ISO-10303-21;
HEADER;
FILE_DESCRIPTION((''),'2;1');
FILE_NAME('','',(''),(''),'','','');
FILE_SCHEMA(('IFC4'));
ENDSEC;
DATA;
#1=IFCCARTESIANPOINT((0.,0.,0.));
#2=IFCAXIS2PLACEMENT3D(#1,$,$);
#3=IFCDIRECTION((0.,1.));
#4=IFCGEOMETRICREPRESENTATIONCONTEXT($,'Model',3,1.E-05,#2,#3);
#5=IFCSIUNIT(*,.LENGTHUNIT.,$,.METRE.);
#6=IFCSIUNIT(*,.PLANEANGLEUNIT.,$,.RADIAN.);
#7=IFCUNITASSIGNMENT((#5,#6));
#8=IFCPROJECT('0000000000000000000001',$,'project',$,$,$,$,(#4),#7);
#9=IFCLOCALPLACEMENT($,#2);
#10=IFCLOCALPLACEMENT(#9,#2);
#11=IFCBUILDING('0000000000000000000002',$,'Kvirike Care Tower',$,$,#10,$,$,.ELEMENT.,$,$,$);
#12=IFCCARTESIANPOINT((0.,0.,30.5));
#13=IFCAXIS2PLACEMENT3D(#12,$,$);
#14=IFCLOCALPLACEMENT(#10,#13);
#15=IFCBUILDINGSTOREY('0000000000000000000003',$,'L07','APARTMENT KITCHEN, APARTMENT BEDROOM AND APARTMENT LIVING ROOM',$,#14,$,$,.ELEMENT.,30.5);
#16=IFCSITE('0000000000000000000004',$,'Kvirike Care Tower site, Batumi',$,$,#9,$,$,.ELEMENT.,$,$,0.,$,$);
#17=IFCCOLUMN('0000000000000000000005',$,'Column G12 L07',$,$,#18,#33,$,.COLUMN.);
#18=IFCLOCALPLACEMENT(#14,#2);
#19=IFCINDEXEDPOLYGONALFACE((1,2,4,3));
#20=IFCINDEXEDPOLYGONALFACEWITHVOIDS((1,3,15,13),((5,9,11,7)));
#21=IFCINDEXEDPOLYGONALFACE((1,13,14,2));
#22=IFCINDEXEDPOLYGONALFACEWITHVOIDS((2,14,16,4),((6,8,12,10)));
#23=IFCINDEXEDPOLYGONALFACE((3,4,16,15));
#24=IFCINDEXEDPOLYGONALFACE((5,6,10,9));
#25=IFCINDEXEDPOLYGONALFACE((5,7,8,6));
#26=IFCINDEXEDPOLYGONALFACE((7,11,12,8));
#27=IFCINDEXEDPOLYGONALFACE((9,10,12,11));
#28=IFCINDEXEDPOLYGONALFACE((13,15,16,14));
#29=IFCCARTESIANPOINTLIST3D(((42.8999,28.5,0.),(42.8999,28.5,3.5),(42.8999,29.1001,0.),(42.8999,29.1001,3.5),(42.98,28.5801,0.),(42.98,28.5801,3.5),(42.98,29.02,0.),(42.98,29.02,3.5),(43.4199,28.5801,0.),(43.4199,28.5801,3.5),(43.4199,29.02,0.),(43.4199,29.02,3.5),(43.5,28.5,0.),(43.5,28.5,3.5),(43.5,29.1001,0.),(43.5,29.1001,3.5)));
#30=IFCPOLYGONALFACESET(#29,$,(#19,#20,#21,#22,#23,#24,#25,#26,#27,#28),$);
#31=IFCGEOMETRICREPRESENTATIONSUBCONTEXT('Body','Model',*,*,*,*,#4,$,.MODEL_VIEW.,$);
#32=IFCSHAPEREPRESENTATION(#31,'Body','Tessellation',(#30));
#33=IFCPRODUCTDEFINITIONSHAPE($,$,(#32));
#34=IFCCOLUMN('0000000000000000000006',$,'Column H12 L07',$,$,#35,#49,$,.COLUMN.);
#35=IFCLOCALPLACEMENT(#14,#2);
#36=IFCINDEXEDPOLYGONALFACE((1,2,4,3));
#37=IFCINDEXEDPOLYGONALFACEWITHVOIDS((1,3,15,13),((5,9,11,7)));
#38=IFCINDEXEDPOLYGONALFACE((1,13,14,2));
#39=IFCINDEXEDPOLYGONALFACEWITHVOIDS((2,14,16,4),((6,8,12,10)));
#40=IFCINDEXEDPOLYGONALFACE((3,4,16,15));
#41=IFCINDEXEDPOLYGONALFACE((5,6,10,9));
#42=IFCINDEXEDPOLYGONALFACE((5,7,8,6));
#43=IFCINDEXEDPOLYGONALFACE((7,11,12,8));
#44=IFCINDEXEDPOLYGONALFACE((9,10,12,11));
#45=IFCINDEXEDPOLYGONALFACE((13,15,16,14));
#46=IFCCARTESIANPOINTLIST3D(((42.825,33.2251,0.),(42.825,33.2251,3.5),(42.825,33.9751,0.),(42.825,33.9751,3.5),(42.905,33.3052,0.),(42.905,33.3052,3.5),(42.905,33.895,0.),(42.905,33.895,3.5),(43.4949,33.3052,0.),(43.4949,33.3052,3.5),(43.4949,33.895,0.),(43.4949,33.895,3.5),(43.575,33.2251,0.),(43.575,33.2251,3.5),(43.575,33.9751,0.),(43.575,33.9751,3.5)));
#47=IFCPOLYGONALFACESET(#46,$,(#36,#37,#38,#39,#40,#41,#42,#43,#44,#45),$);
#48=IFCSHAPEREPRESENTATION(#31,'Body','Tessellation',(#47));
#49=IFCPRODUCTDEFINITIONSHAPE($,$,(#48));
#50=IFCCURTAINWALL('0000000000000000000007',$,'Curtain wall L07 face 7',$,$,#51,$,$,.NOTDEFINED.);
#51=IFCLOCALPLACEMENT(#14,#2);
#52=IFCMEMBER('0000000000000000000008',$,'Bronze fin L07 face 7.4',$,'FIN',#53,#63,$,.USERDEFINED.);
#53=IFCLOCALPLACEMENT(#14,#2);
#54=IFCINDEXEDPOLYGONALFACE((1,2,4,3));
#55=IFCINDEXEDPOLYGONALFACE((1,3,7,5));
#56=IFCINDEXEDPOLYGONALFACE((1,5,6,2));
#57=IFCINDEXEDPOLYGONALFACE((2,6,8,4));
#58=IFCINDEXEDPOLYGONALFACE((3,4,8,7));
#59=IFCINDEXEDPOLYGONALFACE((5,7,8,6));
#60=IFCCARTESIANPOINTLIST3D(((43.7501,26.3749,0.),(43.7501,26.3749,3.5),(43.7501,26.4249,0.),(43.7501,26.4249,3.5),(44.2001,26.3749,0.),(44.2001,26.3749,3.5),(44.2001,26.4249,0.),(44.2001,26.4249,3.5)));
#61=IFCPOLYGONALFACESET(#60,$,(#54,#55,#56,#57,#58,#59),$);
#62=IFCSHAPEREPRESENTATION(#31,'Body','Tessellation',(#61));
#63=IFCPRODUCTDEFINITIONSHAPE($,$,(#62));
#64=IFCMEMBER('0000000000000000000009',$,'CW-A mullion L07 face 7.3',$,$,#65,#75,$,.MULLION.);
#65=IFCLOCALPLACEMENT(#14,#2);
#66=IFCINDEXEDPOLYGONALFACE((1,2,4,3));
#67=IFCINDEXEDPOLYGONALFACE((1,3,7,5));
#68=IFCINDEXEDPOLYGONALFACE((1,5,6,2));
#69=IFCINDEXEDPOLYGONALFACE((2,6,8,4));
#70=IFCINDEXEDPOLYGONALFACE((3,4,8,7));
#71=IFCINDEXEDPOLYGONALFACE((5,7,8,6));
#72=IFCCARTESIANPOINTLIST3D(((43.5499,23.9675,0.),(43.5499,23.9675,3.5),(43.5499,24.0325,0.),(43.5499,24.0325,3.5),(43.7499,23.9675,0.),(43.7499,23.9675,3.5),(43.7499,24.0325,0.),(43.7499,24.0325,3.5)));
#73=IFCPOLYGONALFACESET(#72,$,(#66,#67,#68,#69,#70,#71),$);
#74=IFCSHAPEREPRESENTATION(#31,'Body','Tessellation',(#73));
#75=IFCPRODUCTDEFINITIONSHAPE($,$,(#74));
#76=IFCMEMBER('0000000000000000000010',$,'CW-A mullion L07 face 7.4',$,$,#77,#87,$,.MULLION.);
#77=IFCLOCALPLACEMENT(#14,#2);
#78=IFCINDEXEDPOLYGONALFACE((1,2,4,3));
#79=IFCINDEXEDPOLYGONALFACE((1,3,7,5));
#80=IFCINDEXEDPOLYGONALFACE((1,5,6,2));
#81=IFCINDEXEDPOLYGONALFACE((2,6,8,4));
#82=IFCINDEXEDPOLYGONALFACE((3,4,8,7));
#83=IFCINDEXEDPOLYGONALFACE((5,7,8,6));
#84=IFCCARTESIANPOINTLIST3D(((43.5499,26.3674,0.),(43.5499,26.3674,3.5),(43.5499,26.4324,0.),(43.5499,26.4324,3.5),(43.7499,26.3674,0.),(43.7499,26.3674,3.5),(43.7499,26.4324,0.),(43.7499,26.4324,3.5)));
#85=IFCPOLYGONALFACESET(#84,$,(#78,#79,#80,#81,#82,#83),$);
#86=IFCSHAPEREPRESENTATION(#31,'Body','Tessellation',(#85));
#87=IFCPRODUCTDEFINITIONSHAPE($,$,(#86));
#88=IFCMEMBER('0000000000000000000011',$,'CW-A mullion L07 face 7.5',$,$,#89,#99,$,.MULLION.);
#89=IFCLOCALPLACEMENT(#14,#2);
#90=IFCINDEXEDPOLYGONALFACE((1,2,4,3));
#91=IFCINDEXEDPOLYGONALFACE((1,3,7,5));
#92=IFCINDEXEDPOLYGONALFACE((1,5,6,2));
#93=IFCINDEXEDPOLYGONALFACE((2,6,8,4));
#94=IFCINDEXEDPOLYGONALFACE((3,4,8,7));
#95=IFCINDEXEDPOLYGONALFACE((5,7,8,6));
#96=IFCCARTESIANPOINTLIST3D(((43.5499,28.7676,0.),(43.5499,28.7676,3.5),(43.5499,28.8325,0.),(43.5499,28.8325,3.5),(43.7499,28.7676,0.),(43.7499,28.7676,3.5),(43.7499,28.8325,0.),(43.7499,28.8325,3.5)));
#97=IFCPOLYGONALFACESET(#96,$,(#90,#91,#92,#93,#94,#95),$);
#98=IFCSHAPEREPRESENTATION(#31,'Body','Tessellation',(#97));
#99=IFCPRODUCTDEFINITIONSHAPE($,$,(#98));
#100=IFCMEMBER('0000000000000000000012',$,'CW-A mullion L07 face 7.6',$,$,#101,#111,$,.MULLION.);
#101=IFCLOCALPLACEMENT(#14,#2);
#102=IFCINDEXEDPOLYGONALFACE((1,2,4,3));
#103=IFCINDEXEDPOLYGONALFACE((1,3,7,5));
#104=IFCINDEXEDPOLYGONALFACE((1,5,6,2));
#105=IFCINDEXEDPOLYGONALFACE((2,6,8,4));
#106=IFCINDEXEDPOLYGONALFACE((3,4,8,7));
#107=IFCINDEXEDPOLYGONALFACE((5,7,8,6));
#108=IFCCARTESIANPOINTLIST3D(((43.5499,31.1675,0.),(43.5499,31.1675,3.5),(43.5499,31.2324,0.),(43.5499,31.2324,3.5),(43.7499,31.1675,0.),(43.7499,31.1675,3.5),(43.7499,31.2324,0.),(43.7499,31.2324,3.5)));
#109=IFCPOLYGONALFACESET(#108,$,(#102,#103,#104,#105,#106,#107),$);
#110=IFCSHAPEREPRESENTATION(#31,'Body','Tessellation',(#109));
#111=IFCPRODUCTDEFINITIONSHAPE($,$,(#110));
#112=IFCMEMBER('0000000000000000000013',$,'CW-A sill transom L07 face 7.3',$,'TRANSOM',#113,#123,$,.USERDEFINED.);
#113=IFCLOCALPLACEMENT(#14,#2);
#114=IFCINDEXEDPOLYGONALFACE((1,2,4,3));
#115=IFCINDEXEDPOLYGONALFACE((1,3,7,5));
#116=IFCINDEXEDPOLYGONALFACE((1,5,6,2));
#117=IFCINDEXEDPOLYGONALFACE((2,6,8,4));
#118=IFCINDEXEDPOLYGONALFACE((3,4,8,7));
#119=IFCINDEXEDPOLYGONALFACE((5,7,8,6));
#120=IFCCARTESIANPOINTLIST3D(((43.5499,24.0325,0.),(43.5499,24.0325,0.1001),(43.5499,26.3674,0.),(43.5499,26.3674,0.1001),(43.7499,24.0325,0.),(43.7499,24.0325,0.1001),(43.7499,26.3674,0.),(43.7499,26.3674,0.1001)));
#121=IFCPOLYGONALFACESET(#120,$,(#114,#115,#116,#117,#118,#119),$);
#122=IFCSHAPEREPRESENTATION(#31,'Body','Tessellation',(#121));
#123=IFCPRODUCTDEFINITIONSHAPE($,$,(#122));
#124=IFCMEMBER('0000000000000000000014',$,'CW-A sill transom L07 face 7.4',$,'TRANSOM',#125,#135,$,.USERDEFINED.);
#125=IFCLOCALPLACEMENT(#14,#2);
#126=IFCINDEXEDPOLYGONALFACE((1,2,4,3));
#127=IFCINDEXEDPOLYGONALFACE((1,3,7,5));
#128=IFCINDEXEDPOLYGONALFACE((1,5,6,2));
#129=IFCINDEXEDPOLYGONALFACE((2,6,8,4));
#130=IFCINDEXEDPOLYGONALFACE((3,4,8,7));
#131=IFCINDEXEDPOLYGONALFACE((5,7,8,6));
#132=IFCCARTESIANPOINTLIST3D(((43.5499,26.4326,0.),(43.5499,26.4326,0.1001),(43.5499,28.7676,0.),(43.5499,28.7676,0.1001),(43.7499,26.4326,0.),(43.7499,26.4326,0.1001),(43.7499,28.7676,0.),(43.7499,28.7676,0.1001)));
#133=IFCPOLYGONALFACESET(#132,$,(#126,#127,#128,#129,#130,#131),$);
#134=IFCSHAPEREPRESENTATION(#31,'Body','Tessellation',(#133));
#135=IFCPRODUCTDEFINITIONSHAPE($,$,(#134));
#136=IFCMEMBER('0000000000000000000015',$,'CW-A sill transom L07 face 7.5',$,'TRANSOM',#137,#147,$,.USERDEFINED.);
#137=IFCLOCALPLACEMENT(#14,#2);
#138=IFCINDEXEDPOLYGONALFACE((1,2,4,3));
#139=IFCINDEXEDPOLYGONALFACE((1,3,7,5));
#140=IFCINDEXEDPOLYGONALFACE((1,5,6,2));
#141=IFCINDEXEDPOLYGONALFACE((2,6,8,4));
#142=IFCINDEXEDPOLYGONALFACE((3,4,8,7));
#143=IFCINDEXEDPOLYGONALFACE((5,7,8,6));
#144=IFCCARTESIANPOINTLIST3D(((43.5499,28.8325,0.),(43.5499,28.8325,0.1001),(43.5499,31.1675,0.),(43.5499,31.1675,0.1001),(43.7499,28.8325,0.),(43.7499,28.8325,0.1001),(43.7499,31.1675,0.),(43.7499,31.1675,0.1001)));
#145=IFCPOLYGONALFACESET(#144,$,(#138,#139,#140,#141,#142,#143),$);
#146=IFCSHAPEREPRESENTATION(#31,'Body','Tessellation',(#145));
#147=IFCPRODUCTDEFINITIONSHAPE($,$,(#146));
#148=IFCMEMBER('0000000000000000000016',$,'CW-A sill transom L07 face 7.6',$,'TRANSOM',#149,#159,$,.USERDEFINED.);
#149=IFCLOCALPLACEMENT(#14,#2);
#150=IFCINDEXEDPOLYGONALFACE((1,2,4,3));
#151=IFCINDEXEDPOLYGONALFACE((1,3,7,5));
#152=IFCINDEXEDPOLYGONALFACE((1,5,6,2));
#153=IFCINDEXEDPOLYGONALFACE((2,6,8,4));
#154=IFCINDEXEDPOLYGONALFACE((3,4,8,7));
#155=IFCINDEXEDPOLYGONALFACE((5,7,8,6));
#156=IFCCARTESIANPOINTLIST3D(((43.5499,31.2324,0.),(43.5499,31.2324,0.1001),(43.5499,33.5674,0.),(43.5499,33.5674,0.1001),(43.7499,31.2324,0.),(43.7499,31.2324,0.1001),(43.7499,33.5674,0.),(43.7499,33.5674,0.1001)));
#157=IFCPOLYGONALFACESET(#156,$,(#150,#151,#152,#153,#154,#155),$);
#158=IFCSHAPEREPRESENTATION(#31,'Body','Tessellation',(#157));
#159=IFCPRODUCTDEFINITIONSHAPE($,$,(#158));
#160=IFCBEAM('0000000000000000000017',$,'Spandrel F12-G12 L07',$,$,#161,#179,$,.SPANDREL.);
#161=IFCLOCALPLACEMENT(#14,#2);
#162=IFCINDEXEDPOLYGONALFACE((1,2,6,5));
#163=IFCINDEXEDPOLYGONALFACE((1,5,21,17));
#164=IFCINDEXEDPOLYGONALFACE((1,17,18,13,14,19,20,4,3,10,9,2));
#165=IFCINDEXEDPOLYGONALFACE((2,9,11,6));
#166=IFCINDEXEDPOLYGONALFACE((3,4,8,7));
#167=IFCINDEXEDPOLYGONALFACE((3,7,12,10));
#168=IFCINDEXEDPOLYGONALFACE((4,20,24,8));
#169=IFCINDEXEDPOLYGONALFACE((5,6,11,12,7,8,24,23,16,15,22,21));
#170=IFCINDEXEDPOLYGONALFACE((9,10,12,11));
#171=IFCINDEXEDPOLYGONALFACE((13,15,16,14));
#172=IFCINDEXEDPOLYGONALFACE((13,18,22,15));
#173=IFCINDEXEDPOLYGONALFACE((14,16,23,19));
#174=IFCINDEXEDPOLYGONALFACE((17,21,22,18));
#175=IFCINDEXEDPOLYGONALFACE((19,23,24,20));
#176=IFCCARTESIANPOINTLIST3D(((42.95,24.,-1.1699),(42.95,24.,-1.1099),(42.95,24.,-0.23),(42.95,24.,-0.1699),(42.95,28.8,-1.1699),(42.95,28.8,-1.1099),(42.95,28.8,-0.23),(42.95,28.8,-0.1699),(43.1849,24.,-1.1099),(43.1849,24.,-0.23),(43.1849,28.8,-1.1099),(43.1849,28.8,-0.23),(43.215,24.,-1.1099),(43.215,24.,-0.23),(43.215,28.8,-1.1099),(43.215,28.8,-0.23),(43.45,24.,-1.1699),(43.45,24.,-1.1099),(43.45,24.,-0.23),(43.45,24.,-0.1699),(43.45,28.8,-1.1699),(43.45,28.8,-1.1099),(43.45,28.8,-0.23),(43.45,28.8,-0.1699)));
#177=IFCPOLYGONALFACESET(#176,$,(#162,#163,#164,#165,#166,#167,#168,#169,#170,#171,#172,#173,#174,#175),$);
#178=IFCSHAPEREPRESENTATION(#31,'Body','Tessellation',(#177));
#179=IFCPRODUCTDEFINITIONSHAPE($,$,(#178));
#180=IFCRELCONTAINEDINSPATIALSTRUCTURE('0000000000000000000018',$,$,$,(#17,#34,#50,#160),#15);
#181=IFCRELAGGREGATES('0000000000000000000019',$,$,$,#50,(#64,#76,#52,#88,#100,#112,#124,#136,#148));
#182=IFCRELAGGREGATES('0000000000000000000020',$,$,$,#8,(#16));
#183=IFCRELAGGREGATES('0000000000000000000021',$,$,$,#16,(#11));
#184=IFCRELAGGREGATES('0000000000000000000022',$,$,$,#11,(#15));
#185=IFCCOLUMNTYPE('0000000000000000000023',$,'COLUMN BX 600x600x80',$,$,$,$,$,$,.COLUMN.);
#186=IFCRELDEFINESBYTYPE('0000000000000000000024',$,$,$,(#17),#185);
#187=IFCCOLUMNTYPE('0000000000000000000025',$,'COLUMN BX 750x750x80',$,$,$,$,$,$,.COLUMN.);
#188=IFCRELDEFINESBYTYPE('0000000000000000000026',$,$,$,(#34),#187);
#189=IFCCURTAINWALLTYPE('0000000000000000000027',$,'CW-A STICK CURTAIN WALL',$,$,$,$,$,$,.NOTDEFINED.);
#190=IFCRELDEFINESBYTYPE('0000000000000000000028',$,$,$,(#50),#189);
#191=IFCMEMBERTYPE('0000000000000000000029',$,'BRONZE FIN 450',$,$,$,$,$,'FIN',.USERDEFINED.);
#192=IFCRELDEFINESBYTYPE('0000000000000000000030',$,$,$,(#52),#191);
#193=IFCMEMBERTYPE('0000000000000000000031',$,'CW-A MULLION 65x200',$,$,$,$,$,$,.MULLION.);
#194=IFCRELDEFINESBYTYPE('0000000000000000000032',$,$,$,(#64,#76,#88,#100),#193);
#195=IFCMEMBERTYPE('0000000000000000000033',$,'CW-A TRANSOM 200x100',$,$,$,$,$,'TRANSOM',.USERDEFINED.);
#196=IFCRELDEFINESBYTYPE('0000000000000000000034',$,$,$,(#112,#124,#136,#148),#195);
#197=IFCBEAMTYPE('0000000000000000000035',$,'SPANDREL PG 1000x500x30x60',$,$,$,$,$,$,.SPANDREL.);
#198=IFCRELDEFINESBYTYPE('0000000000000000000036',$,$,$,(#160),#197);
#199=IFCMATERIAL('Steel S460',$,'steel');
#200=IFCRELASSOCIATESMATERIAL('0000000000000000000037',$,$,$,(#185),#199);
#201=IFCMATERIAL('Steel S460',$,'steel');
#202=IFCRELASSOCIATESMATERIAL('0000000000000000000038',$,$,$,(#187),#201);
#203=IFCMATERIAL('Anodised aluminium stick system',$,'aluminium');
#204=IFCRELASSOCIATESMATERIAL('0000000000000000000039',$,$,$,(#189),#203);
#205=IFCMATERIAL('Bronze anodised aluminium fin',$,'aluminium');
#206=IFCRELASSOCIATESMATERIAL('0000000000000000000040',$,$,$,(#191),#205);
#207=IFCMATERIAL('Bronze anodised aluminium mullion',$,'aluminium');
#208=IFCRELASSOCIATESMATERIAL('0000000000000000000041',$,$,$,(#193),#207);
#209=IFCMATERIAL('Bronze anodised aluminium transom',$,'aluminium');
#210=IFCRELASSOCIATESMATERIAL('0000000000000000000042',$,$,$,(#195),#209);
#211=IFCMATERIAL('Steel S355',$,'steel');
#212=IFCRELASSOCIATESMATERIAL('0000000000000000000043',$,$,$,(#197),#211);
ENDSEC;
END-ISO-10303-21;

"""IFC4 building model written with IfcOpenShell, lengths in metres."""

from ifc_helpers import new_model, si_unit, direction, frame, origin, origin_2d, place, context, subcontext, project, spatial, rectangle, hollow_rectangle, i_section, extrude, material, material_profile, profile_set, type_object, element, aggregate, save


model = new_model("IFC4")

# Units and contexts
model_context = context("Model", 3, precision=1e-05, world=origin(), true_north=direction((0.0, 1.0)))
body_context = subcontext(model_context, "Body", "Model", "MODEL_VIEW")
ifc_project = project(units=[si_unit("LENGTHUNIT", "METRE"), si_unit("PLANEANGLEUNIT", "RADIAN")], contexts=[model_context])

# Site, building, storey
site_placement = place(None, origin())
site = spatial("IfcSite", under=ifc_project, at=site_placement, Name="Kvirike Care Tower site, Batumi", CompositionType="ELEMENT", RefElevation=0.0)
building_placement = place(site_placement, origin())
building = spatial("IfcBuilding", under=site, at=building_placement, Name="Kvirike Care Tower", CompositionType="ELEMENT")
storey_placement = place(building_placement, frame((0.0, 0.0, 30.5)))
storey = spatial("IfcBuildingStorey", under=building, at=storey_placement, Name="L07", Description="APARTMENT KITCHEN, APARTMENT BEDROOM AND APARTMENT LIVING ROOM", CompositionType="ELEMENT", Elevation=30.5)

# Columns
ifc_material_1 = material(Name="Steel S460", Category="steel")
ifc_material_profile_1 = material_profile(ifc_material_1, hollow_rectangle(XDim=0.6001, YDim=0.6001, WallThickness=0.0801, at=origin_2d()), Name="BX 600x600x80")
ifc_profile_set_1 = profile_set([ifc_material_profile_1], Name="Steel S460")
column_type_1 = type_object("IfcColumnType", Name="COLUMN BX 600x600x80", PredefinedType="COLUMN", material=ifc_profile_set_1)
column_1_placement = place(storey_placement, frame((43.2, 28.8, 0.0), z_axis=(0.0, 0.0, 1.0), x_axis=(0.0, 1.0, 0.0)))
element("IfcColumn", 1, at=column_1_placement, inside=storey, type_object=column_type_1, Name="Column G12 L07", PredefinedType="COLUMN", context=body_context, shape_type="SweptSolid", body=[
    extrude(hollow_rectangle(XDim=0.6001, YDim=0.6001, WallThickness=0.0801, at=origin_2d()), origin(), (0.0, 0.0, 1.0), 3.5),
])
ifc_material_2 = material(Name="Steel S460", Category="steel")
ifc_material_profile_2 = material_profile(ifc_material_2, hollow_rectangle(XDim=0.75, YDim=0.75, WallThickness=0.0801, at=origin_2d()), Name="BX 750x750x80")
ifc_profile_set_2 = profile_set([ifc_material_profile_2], Name="Steel S460")
column_type_2 = type_object("IfcColumnType", Name="COLUMN BX 750x750x80", PredefinedType="COLUMN", material=ifc_profile_set_2)
column_2_placement = place(storey_placement, frame((43.2, 33.6001, 0.0), z_axis=(0.0, 0.0, 1.0), x_axis=(1.0, 0.0, 0.0)))
element("IfcColumn", 2, at=column_2_placement, inside=storey, type_object=column_type_2, Name="Column H12 L07", PredefinedType="COLUMN", context=body_context, shape_type="SweptSolid", body=[
    extrude(hollow_rectangle(XDim=0.75, YDim=0.75, WallThickness=0.0801, at=origin_2d()), origin(), (0.0, 0.0, 1.0), 3.5),
])

# Curtain wall, members
ifc_material_3 = material(Name="Anodised aluminium stick system", Category="aluminium")
curtain_wall_type = type_object("IfcCurtainWallType", Name="CW-A STICK CURTAIN WALL", PredefinedType="NOTDEFINED", material=ifc_material_3)
curtain_wall_placement = place(storey_placement, origin())
curtain_wall = element("IfcCurtainWall", 3, at=curtain_wall_placement, inside=storey, type_object=curtain_wall_type, Name="Curtain wall L07 face 7", PredefinedType="NOTDEFINED")
ifc_material_4 = material(Name="Bronze anodised aluminium fin", Category="aluminium")
ifc_material_profile_3 = material_profile(ifc_material_4, rectangle(XDim=0.05, YDim=0.45, at=origin_2d()), Name="BRONZE FIN 450")
ifc_profile_set_3 = profile_set([ifc_material_profile_3], Name="Bronze anodised aluminium fin")
member_type_1 = type_object("IfcMemberType", Name="BRONZE FIN 450", ElementType="FIN", PredefinedType="USERDEFINED", material=ifc_profile_set_3)
member_1_placement = place(storey_placement, frame((43.9751, 26.3999, 0.0), z_axis=(0.0, 0.0, 1.0), x_axis=(0.0, 1.0, 0.0)))
member_1 = element("IfcMember", 4, at=member_1_placement, type_object=member_type_1, Name="Bronze fin L07 face 7.4", ObjectType="FIN", PredefinedType="USERDEFINED", context=body_context, shape_type="SweptSolid", body=[
    extrude(rectangle(XDim=0.05, YDim=0.45, at=origin_2d()), origin(), (0.0, 0.0, 1.0), 3.5),
])
ifc_material_5 = material(Name="Bronze anodised aluminium mullion", Category="aluminium")
ifc_material_profile_4 = material_profile(ifc_material_5, rectangle(XDim=0.0649, YDim=0.2, at=origin_2d()), Name="CW-A MULLION 65x200")
ifc_profile_set_4 = profile_set([ifc_material_profile_4], Name="Bronze anodised aluminium mullion")
member_type_2 = type_object("IfcMemberType", Name="CW-A MULLION 65x200", PredefinedType="MULLION", material=ifc_profile_set_4)
member_2_placement = place(storey_placement, frame((43.6499, 24.0, 0.0), z_axis=(0.0, 0.0, 1.0), x_axis=(0.0, 1.0, 0.0)))
member_2 = element("IfcMember", 5, at=member_2_placement, type_object=member_type_2, Name="CW-A mullion L07 face 7.3", PredefinedType="MULLION", context=body_context, shape_type="SweptSolid", body=[
    extrude(rectangle(XDim=0.0649, YDim=0.2, at=origin_2d()), origin(), (0.0, 0.0, 1.0), 3.5),
])
member_3_placement = place(storey_placement, frame((43.6499, 26.3999, 0.0), z_axis=(0.0, 0.0, 1.0), x_axis=(0.0, 1.0, 0.0)))
member_3 = element("IfcMember", 6, at=member_3_placement, type_object=member_type_2, Name="CW-A mullion L07 face 7.4", PredefinedType="MULLION", context=body_context, shape_type="SweptSolid", body=[
    extrude(rectangle(XDim=0.0649, YDim=0.2, at=origin_2d()), origin(), (0.0, 0.0, 1.0), 3.5),
])
member_4_placement = place(storey_placement, frame((43.6499, 28.8, 0.0), z_axis=(0.0, 0.0, 1.0), x_axis=(0.0, 1.0, 0.0)))
member_4 = element("IfcMember", 7, at=member_4_placement, type_object=member_type_2, Name="CW-A mullion L07 face 7.5", PredefinedType="MULLION", context=body_context, shape_type="SweptSolid", body=[
    extrude(rectangle(XDim=0.0649, YDim=0.2, at=origin_2d()), origin(), (0.0, 0.0, 1.0), 3.5),
])
member_5_placement = place(storey_placement, frame((43.6499, 31.2, 0.0), z_axis=(0.0, 0.0, 1.0), x_axis=(0.0, 1.0, 0.0)))
member_5 = element("IfcMember", 8, at=member_5_placement, type_object=member_type_2, Name="CW-A mullion L07 face 7.6", PredefinedType="MULLION", context=body_context, shape_type="SweptSolid", body=[
    extrude(rectangle(XDim=0.0649, YDim=0.2, at=origin_2d()), origin(), (0.0, 0.0, 1.0), 3.5),
])
ifc_material_6 = material(Name="Bronze anodised aluminium transom", Category="aluminium")
ifc_material_profile_5 = material_profile(ifc_material_6, rectangle(XDim=0.2, YDim=0.1001, at=origin_2d()), Name="CW-A TRANSOM 200x100")
ifc_profile_set_5 = profile_set([ifc_material_profile_5], Name="Bronze anodised aluminium transom")
member_type_3 = type_object("IfcMemberType", Name="CW-A TRANSOM 200x100", ElementType="TRANSOM", PredefinedType="USERDEFINED", material=ifc_profile_set_5)
member_6_placement = place(storey_placement, frame((43.6499, 24.0325, 0.05), z_axis=(0.0, 1.0, 0.0), x_axis=(-1.0, 0.0, 0.0)))
member_6 = element("IfcMember", 9, at=member_6_placement, type_object=member_type_3, Name="CW-A sill transom L07 face 7.3", ObjectType="TRANSOM", PredefinedType="USERDEFINED", context=body_context, shape_type="SweptSolid", body=[
    extrude(rectangle(XDim=0.2, YDim=0.1001, at=origin_2d()), origin(), (0.0, 0.0, 1.0), 2.335),
])
member_7_placement = place(storey_placement, frame((43.6499, 26.4326, 0.05), z_axis=(0.0, 1.0, 0.0), x_axis=(-1.0, 0.0, 0.0)))
member_7 = element("IfcMember", 10, at=member_7_placement, type_object=member_type_3, Name="CW-A sill transom L07 face 7.4", ObjectType="TRANSOM", PredefinedType="USERDEFINED", context=body_context, shape_type="SweptSolid", body=[
    extrude(rectangle(XDim=0.2, YDim=0.1001, at=origin_2d()), origin(), (0.0, 0.0, 1.0), 2.335),
])
member_8_placement = place(storey_placement, frame((43.6499, 28.8325, 0.05), z_axis=(0.0, 1.0, 0.0), x_axis=(-1.0, 0.0, 0.0)))
member_8 = element("IfcMember", 11, at=member_8_placement, type_object=member_type_3, Name="CW-A sill transom L07 face 7.5", ObjectType="TRANSOM", PredefinedType="USERDEFINED", context=body_context, shape_type="SweptSolid", body=[
    extrude(rectangle(XDim=0.2, YDim=0.1001, at=origin_2d()), origin(), (0.0, 0.0, 1.0), 2.335),
])
member_9_placement = place(storey_placement, frame((43.6499, 31.2324, 0.05), z_axis=(0.0, 1.0, 0.0), x_axis=(-1.0, 0.0, 0.0)))
member_9 = element("IfcMember", 12, at=member_9_placement, type_object=member_type_3, Name="CW-A sill transom L07 face 7.6", ObjectType="TRANSOM", PredefinedType="USERDEFINED", context=body_context, shape_type="SweptSolid", body=[
    extrude(rectangle(XDim=0.2, YDim=0.1001, at=origin_2d()), origin(), (0.0, 0.0, 1.0), 2.335),
])

# Beam
ifc_material_7 = material(Name="Steel S355", Category="steel")
ifc_material_profile_6 = material_profile(ifc_material_7, i_section(OverallWidth=0.5, OverallDepth=1.0, WebThickness=0.03, FlangeThickness=0.0601, at=origin_2d()), Name="PG 1000x500x30x60")
ifc_profile_set_6 = profile_set([ifc_material_profile_6], Name="Steel S355")
beam_type = type_object("IfcBeamType", Name="SPANDREL PG 1000x500x30x60", PredefinedType="SPANDREL", material=ifc_profile_set_6)
for number, where, z_axis, x_axis, name in (
    (13, (43.2, 24.0, -0.6699), (0.0, 1.0, 0.0), (-1.0, 0.0, 0.0), "Spandrel F12-G12 L07"),
):
    element("IfcBeam", number, at=place(storey_placement, frame(where, z_axis=z_axis, x_axis=x_axis)), inside=storey, type_object=beam_type, Name=name, PredefinedType="SPANDREL", context=body_context, shape_type="SweptSolid", body=[
        extrude(i_section(OverallWidth=0.5, OverallDepth=1.0, WebThickness=0.03, FlangeThickness=0.0601, at=origin_2d()), origin(), (0.0, 0.0, 1.0), 4.8),
    ])

aggregate(curtain_wall, [member_2, member_3, member_1, member_4, member_5, member_6, member_7, member_8, member_9])

save(model, "model.ifc")
